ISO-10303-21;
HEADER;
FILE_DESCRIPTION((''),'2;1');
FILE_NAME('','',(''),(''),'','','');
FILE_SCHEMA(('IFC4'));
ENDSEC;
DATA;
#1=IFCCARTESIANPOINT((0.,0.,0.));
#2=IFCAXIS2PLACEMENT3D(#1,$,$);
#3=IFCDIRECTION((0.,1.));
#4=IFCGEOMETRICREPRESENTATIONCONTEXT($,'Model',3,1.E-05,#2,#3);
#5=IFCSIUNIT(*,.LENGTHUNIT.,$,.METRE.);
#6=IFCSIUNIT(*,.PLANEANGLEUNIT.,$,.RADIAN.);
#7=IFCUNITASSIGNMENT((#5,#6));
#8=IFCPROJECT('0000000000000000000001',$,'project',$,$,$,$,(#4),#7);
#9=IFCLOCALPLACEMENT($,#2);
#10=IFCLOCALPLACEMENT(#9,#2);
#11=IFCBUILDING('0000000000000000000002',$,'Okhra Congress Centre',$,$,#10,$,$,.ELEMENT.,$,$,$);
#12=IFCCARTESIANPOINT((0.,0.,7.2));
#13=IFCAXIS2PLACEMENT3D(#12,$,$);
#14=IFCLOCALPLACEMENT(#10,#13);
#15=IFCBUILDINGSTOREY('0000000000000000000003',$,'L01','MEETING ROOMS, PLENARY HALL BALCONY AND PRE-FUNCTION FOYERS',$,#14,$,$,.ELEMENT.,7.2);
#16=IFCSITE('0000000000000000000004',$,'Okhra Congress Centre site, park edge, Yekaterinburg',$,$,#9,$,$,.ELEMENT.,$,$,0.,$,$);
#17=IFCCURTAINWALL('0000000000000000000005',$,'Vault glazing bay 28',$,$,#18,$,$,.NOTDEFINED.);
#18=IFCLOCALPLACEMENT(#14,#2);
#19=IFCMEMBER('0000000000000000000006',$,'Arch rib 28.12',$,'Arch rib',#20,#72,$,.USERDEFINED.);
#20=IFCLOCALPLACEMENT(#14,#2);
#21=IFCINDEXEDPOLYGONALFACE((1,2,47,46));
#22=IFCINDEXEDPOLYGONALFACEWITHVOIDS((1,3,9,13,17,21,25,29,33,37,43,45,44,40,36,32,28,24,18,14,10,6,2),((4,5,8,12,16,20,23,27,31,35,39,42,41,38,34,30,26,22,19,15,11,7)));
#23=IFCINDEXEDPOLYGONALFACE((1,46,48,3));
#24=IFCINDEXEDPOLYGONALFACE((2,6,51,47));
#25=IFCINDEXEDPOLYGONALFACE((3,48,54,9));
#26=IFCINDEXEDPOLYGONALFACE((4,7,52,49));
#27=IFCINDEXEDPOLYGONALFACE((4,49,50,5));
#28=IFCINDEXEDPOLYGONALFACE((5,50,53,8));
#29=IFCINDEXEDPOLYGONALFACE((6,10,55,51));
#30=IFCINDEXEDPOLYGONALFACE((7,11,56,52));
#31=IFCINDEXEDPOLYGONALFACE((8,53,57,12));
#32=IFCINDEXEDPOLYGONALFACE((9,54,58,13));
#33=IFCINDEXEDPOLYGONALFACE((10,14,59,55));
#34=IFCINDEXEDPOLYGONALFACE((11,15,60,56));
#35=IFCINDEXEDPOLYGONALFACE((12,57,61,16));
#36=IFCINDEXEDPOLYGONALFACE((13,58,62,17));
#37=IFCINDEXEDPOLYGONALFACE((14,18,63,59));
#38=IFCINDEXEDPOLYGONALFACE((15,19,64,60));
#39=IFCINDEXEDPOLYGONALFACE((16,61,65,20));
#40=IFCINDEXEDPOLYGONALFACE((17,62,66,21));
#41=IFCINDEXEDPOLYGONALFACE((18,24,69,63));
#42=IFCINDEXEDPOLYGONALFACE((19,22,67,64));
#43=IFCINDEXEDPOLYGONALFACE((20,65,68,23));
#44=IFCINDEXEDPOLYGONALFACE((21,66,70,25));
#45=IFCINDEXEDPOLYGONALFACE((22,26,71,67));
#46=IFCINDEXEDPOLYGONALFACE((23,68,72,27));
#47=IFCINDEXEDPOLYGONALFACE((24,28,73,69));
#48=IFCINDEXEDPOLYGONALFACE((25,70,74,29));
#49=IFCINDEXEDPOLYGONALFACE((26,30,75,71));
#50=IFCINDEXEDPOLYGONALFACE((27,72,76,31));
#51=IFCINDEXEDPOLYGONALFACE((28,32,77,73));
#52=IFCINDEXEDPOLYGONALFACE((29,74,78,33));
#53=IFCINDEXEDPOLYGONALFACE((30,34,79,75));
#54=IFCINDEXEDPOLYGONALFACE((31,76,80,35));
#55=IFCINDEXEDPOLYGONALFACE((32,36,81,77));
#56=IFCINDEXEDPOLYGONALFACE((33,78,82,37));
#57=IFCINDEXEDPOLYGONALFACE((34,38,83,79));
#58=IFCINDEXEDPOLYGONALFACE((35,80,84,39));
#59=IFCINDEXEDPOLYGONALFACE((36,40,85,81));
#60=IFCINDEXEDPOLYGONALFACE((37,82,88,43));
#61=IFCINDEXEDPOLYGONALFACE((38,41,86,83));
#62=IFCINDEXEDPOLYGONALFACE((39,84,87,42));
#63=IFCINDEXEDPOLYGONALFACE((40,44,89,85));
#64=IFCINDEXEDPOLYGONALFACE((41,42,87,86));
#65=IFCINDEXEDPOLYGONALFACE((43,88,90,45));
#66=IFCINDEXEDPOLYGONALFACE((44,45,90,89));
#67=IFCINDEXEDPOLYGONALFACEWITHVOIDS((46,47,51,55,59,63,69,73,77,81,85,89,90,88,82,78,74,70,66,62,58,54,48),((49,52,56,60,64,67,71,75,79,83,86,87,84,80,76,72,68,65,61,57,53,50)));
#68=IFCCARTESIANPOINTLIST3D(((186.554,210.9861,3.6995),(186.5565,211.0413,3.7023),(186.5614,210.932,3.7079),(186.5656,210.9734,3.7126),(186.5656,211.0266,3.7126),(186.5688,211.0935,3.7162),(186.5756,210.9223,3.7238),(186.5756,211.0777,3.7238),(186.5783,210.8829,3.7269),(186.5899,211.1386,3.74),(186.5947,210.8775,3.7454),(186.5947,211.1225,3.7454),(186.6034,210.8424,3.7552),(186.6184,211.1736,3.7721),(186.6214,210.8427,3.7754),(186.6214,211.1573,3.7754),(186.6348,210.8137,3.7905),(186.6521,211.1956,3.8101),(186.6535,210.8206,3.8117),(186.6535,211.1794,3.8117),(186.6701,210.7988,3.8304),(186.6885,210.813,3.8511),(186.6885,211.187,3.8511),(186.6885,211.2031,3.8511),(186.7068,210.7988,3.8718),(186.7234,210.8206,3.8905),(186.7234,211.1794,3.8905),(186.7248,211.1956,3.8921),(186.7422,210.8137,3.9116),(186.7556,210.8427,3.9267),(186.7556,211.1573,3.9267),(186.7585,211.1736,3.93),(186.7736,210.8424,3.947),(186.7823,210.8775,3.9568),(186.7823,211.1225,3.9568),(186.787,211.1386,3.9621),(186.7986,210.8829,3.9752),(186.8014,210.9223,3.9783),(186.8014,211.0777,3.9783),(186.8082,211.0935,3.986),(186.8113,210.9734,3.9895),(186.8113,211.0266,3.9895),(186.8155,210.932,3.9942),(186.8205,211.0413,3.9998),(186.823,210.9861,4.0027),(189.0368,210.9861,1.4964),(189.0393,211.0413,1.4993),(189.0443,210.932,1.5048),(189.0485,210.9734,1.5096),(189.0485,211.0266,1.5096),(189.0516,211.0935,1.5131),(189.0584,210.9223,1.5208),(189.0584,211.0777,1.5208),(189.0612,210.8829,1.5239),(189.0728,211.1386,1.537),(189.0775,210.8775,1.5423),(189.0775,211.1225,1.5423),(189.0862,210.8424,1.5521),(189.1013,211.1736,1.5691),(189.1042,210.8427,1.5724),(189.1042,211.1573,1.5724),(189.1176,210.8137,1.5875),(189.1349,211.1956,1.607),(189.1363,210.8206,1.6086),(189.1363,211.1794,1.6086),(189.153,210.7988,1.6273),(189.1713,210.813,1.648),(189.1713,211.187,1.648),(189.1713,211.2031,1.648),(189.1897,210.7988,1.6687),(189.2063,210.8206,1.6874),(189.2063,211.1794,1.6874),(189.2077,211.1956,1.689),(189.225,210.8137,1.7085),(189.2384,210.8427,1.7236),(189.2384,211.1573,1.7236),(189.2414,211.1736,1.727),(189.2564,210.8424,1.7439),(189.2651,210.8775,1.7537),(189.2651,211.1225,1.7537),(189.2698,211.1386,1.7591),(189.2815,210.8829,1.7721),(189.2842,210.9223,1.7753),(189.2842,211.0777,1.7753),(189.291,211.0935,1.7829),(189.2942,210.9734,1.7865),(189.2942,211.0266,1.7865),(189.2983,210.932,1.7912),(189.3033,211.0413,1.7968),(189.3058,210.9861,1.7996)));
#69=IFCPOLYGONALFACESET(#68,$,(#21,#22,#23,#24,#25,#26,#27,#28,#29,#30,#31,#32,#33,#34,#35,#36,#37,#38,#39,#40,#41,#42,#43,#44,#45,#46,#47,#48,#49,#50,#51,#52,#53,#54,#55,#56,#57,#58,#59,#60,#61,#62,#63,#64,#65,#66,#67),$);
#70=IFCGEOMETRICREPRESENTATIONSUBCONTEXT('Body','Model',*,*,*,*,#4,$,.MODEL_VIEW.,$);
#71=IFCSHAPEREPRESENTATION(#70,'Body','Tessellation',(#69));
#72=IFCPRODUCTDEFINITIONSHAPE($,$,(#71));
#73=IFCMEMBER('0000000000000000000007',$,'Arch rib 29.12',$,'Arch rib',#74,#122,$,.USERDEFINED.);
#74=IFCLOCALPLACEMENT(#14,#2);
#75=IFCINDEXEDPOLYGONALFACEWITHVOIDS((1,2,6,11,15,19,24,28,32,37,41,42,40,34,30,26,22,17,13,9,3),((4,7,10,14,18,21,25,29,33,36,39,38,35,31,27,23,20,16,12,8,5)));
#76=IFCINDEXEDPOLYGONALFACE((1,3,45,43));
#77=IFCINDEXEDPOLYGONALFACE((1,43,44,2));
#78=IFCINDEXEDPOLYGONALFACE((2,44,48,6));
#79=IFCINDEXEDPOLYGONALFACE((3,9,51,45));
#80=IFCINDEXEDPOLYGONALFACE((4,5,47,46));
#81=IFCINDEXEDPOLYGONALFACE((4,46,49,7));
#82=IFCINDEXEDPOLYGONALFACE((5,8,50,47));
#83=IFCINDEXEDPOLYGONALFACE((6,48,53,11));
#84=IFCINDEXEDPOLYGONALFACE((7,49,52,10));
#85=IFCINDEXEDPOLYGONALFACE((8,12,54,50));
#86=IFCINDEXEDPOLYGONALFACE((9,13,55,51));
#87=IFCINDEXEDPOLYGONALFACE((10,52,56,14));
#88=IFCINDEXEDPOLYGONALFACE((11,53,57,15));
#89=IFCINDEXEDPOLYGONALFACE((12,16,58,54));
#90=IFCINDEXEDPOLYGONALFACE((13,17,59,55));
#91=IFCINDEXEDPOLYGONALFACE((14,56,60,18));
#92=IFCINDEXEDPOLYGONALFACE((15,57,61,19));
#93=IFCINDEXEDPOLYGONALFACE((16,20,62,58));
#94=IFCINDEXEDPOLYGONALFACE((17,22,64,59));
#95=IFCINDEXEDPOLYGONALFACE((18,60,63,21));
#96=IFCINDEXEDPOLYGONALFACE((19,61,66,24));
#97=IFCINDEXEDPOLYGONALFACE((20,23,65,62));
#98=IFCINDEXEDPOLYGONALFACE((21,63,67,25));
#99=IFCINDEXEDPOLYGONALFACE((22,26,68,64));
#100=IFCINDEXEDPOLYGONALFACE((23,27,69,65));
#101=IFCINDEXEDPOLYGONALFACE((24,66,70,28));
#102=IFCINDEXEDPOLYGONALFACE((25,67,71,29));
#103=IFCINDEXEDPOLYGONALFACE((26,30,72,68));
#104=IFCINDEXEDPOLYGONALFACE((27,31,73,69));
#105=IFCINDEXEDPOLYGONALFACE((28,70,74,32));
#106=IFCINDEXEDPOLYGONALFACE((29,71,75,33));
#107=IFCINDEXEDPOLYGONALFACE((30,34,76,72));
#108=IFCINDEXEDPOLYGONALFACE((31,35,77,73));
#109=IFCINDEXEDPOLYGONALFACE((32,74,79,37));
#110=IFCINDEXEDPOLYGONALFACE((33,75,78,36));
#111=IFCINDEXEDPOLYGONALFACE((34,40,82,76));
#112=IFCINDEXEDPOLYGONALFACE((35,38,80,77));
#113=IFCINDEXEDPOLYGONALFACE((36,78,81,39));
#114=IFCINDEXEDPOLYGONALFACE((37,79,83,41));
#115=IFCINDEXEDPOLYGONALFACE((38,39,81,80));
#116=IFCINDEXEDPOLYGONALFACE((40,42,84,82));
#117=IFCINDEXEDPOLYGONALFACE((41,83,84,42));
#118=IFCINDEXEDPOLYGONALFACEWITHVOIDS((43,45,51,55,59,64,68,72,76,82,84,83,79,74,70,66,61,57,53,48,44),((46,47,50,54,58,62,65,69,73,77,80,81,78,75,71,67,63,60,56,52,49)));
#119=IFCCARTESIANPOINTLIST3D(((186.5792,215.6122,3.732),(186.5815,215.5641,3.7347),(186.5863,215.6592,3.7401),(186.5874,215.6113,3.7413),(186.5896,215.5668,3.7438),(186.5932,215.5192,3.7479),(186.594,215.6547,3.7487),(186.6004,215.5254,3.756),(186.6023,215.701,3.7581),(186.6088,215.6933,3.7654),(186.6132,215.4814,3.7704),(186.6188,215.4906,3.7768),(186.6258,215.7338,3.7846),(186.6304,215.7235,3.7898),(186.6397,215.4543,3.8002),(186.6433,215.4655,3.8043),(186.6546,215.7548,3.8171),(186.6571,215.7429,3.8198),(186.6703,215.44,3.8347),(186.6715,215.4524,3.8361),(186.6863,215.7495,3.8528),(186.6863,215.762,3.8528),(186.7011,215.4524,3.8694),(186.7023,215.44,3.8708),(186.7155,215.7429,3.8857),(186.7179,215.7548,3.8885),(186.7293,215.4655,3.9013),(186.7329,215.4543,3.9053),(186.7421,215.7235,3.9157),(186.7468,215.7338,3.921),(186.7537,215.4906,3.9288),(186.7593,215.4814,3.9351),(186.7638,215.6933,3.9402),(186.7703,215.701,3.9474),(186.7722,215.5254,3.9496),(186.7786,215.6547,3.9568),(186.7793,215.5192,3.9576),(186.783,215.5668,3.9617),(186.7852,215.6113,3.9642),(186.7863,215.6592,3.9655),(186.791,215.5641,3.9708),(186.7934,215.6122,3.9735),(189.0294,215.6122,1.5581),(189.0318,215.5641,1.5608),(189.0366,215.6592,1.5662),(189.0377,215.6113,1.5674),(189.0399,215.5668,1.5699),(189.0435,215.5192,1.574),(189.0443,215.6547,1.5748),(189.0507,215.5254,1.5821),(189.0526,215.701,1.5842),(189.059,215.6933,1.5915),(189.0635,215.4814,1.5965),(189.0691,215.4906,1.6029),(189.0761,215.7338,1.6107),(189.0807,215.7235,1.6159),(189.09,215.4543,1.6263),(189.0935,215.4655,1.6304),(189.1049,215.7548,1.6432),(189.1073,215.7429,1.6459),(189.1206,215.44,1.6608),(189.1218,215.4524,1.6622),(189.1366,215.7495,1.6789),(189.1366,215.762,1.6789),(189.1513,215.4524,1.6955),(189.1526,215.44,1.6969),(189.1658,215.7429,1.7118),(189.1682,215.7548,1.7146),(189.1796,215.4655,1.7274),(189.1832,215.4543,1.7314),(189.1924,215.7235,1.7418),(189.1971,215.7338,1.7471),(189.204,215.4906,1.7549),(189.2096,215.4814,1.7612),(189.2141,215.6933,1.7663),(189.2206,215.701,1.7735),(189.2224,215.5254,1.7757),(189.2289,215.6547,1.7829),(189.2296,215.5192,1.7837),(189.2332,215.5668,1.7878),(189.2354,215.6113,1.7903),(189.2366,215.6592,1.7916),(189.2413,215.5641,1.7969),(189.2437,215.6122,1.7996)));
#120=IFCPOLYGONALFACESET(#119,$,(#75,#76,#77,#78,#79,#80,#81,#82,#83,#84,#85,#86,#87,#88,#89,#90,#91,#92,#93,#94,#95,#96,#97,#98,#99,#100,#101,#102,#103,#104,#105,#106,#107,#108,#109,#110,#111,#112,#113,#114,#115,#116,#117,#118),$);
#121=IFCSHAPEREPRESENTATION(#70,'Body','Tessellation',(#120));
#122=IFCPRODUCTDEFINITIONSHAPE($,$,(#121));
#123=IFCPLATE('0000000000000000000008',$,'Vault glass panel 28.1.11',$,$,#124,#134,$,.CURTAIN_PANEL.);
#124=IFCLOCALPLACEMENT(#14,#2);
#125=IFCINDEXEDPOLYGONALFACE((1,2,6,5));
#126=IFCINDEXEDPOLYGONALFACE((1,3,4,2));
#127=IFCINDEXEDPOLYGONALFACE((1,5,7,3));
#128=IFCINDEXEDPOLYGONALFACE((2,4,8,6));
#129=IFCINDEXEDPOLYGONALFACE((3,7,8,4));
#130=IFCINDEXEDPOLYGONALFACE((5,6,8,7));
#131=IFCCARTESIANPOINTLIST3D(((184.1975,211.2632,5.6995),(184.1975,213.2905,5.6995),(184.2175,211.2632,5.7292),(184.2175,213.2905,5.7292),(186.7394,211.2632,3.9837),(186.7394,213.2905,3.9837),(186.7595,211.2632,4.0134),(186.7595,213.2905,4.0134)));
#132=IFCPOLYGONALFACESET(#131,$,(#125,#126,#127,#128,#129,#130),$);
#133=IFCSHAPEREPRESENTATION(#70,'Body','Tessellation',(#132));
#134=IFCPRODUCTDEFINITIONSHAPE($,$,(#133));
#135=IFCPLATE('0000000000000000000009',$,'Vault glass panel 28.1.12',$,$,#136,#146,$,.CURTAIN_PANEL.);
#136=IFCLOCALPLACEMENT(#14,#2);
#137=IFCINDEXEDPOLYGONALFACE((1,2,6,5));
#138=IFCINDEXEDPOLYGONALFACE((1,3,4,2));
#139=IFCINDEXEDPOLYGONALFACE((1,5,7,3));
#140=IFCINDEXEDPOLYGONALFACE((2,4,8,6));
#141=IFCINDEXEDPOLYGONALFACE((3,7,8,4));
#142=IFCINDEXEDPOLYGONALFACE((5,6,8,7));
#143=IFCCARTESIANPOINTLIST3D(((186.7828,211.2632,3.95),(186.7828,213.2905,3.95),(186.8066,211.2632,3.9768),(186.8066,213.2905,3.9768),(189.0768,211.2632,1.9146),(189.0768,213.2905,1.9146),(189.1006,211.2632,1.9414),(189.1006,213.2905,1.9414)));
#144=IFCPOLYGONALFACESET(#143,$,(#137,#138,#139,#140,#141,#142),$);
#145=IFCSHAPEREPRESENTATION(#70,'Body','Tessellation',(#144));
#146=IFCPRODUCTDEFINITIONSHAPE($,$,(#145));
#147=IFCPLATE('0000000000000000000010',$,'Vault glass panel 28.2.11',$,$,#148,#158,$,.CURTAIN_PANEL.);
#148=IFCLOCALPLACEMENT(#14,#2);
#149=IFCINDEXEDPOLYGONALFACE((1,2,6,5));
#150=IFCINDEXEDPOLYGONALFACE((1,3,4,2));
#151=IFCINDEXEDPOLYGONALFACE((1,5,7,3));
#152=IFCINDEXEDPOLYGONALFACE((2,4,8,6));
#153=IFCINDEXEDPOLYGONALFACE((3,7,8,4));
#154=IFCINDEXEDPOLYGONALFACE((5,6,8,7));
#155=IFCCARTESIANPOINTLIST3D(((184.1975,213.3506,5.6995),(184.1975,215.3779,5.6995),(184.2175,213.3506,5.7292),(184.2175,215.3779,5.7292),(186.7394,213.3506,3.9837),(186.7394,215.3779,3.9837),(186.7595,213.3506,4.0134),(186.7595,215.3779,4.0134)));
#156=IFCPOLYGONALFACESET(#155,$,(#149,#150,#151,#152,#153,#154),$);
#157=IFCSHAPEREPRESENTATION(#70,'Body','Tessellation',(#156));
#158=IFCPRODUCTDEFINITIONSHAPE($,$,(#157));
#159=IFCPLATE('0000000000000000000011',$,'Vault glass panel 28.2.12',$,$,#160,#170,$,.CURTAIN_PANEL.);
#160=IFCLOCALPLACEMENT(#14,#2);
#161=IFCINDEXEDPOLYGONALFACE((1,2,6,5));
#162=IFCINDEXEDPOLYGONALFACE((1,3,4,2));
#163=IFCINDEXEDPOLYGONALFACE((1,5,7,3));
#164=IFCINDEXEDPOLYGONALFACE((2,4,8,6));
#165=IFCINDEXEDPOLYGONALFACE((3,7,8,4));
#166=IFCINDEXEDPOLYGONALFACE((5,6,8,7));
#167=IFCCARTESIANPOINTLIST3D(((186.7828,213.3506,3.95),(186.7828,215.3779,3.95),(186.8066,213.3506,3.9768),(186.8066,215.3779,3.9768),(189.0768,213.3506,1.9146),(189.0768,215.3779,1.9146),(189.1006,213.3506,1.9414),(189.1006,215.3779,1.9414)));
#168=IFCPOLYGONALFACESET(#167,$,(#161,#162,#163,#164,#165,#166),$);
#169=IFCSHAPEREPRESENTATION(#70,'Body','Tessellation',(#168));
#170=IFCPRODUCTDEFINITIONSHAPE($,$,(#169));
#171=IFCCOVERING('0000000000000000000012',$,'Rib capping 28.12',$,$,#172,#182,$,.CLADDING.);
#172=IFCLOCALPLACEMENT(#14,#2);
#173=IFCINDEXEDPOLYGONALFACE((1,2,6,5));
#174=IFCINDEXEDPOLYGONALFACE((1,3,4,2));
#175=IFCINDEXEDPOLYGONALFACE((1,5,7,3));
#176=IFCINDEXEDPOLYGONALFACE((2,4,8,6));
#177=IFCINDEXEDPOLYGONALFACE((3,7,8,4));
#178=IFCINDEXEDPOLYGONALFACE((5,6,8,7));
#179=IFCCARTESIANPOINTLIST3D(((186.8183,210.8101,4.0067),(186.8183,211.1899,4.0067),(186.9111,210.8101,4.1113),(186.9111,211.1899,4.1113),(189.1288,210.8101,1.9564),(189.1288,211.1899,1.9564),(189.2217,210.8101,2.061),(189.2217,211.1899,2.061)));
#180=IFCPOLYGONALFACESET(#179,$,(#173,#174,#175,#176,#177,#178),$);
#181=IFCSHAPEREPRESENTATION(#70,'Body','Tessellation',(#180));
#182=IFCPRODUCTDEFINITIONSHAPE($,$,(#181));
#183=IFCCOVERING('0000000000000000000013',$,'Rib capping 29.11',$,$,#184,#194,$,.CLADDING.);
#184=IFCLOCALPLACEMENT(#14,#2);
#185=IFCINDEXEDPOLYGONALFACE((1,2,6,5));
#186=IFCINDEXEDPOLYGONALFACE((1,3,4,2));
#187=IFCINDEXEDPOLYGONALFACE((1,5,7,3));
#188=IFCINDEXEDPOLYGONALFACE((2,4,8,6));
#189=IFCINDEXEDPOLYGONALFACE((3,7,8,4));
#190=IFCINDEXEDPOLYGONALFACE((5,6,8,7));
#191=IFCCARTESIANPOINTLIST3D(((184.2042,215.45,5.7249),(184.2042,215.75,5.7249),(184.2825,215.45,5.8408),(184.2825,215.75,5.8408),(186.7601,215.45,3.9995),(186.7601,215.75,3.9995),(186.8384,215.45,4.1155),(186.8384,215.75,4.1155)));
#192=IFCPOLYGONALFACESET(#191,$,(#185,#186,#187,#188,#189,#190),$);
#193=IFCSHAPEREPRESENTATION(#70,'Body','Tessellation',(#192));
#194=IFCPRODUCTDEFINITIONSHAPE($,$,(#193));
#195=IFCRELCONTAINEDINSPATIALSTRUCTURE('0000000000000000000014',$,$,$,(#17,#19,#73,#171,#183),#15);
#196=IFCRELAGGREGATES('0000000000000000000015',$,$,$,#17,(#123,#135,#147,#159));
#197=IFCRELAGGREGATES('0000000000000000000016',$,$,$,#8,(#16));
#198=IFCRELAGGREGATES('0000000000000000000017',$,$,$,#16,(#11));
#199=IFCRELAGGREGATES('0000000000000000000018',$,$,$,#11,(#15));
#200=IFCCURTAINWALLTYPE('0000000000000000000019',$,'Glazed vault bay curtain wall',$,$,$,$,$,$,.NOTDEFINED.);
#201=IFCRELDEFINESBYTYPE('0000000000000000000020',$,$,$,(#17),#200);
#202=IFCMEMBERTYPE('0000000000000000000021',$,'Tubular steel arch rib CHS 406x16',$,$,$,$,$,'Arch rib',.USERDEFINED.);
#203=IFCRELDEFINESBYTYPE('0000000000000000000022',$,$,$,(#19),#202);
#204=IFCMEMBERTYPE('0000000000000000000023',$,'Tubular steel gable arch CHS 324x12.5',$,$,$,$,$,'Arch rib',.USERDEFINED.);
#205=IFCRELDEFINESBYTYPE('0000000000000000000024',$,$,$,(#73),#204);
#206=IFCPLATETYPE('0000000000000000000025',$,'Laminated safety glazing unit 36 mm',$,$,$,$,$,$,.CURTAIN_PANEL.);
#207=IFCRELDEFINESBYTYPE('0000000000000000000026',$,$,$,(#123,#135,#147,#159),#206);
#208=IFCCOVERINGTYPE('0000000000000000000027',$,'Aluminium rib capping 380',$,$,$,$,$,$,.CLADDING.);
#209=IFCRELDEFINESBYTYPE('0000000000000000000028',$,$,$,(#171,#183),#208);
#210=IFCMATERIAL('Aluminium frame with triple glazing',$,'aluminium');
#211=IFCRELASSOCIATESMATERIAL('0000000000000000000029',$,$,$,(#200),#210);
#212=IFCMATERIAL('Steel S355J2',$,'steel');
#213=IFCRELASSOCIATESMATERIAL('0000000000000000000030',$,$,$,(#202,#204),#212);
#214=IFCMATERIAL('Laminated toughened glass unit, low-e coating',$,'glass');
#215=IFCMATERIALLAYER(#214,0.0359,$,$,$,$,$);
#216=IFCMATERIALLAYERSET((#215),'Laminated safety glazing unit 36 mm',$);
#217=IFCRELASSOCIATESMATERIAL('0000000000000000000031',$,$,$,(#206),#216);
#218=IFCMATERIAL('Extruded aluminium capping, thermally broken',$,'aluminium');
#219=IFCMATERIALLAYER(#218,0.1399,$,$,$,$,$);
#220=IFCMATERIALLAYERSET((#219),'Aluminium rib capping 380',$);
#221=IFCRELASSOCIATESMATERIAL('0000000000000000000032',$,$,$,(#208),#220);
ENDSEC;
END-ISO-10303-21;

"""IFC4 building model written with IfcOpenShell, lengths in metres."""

from ifc_helpers import new_model, si_unit, direction, frame, origin, origin_2d, place, context, subcontext, project, spatial, polyline, hollow_circle, outline, extrude, material, layer, layer_set, material_profile, profile_set, type_object, element, aggregate, save


model = new_model("IFC4")

# Units and contexts
model_context = context("Model", 3, precision=1e-05, world=origin(), true_north=direction((0.0, 1.0)))
body_context = subcontext(model_context, "Body", "Model", "MODEL_VIEW")
ifc_project = project(units=[si_unit("LENGTHUNIT", "METRE"), si_unit("PLANEANGLEUNIT", "RADIAN")], contexts=[model_context])

# Site, building, storey
site_placement = place(None, origin())
site = spatial("IfcSite", under=ifc_project, at=site_placement, Name="Okhra Congress Centre site, park edge, Yekaterinburg", CompositionType="ELEMENT", RefElevation=0.0)
building_placement = place(site_placement, origin())
building = spatial("IfcBuilding", under=site, at=building_placement, Name="Okhra Congress Centre", CompositionType="ELEMENT")
storey_placement = place(building_placement, frame((0.0, 0.0, 7.2)))
storey = spatial("IfcBuildingStorey", under=building, at=storey_placement, Name="L01", Description="MEETING ROOMS, PLENARY HALL BALCONY AND PRE-FUNCTION FOYERS", CompositionType="ELEMENT", Elevation=7.2)

# Curtain wall
ifc_material_1 = material(Name="Aluminium frame with triple glazing", Category="aluminium")
curtain_wall_type = type_object("IfcCurtainWallType", Name="Glazed vault bay curtain wall", PredefinedType="NOTDEFINED", material=ifc_material_1)
curtain_wall_placement = place(storey_placement, origin())
curtain_wall = element("IfcCurtainWall", 1, at=curtain_wall_placement, inside=storey, type_object=curtain_wall_type, Name="Vault glazing bay 28", PredefinedType="NOTDEFINED")

# Members
ifc_material_2 = material(Name="Steel S355J2", Category="steel")
ifc_material_profile_1 = material_profile(ifc_material_2, hollow_circle(Radius=0.2031, WallThickness=0.0161, at=origin_2d()), Name="CHS 406.4x16")
ifc_profile_set_1 = profile_set([ifc_material_profile_1], Name="Steel S355J2")
member_type_1 = type_object("IfcMemberType", Name="Tubular steel arch rib CHS 406x16", ElementType="Arch rib", PredefinedType="USERDEFINED", material=ifc_profile_set_1)
member_1_placement = place(storey_placement, frame((186.6885, 211.0, 3.8511), z_axis=(0.747993, 0.0, -0.663706), x_axis=(0.0, 1.0, 0.0)))
element("IfcMember", 2, at=member_1_placement, inside=storey, type_object=member_type_1, Name="Arch rib 28.12", ObjectType="Arch rib", PredefinedType="USERDEFINED", context=body_context, shape_type="SweptSolid", body=[
    extrude(hollow_circle(Radius=0.2031, WallThickness=0.0161, at=origin_2d()), origin(), (0.0, 0.0, 1.0), 3.3193),
])
ifc_material_profile_2 = material_profile(ifc_material_2, hollow_circle(Radius=0.1619, WallThickness=0.0125, at=origin_2d()), Name="CHS 323.9x12.5")
ifc_profile_set_2 = profile_set([ifc_material_profile_2], Name="Steel S355J2")
member_type_2 = type_object("IfcMemberType", Name="Tubular steel gable arch CHS 324x12.5", ElementType="Arch rib", PredefinedType="USERDEFINED", material=ifc_profile_set_2)
member_2_placement = place(storey_placement, frame((186.6863, 215.6001, 3.8528), z_axis=(0.748034, 0.0, -0.66366), x_axis=(0.0, 1.0, 0.0)))
element("IfcMember", 3, at=member_2_placement, inside=storey, type_object=member_type_2, Name="Arch rib 29.12", ObjectType="Arch rib", PredefinedType="USERDEFINED", context=body_context, shape_type="SweptSolid", body=[
    extrude(hollow_circle(Radius=0.1619, WallThickness=0.0125, at=origin_2d()), origin(), (0.0, 0.0, 1.0), 3.2756),
])

# Plates
ifc_material_3 = material(Name="Laminated toughened glass unit, low-e coating", Category="glass")
ifc_layer_1 = layer(ifc_material_3, 0.0359)
ifc_layer_set_1 = layer_set([ifc_layer_1], Name="Laminated safety glazing unit 36 mm")
plate_type = type_object("IfcPlateType", Name="Laminated safety glazing unit 36 mm", PredefinedType="CURTAIN_PANEL", material=ifc_layer_set_1)
plate_1_placement = place(storey_placement, frame((184.2175, 211.2632, 5.7292), z_axis=(0.559467, 0.0, 0.828852), x_axis=(0.828852, 0.0, -0.559467)))
plate_1 = element("IfcPlate", 4, at=plate_1_placement, type_object=plate_type, Name="Vault glass panel 28.1.11", PredefinedType="CURTAIN_PANEL", context=body_context, shape_type="SweptSolid", body=[
    extrude(outline(polyline([(0.0, 0.0), (3.0669, 0.0), (3.0669, 2.0273), (0.0, 2.0273), (0.0, 0.0)])), origin(), (0.0, 0.0, -1.0), 0.0359),
])
plate_2_placement = place(storey_placement, frame((186.8066, 211.2632, 3.9768), z_axis=(0.663697, 0.0, 0.748002), x_axis=(0.748002, 0.0, -0.663697)))
plate_2 = element("IfcPlate", 5, at=plate_2_placement, type_object=plate_type, Name="Vault glass panel 28.1.12", PredefinedType="CURTAIN_PANEL", context=body_context, shape_type="SweptSolid", body=[
    extrude(outline(polyline([(0.0, 0.0), (3.0668, 0.0), (3.0668, 2.0273), (0.0, 2.0273), (0.0, 0.0)])), origin(), (0.0, 0.0, -1.0), 0.0359),
])
plate_3_placement = place(storey_placement, frame((184.2175, 213.3506, 5.7292), z_axis=(0.559467, 0.0, 0.828852), x_axis=(0.828852, 0.0, -0.559467)))
plate_3 = element("IfcPlate", 6, at=plate_3_placement, type_object=plate_type, Name="Vault glass panel 28.2.11", PredefinedType="CURTAIN_PANEL", context=body_context, shape_type="SweptSolid", body=[
    extrude(outline(polyline([(0.0, 0.0), (3.0669, 0.0), (3.0669, 2.0273), (0.0, 2.0273), (0.0, 0.0)])), origin(), (0.0, 0.0, -1.0), 0.0359),
])
plate_4_placement = place(storey_placement, frame((186.8066, 213.3506, 3.9768), z_axis=(0.663697, 0.0, 0.748002), x_axis=(0.748002, 0.0, -0.663697)))
plate_4 = element("IfcPlate", 7, at=plate_4_placement, type_object=plate_type, Name="Vault glass panel 28.2.12", PredefinedType="CURTAIN_PANEL", context=body_context, shape_type="SweptSolid", body=[
    extrude(outline(polyline([(0.0, 0.0), (3.0668, 0.0), (3.0668, 2.0273), (0.0, 2.0273), (0.0, 0.0)])), origin(), (0.0, 0.0, -1.0), 0.0359),
])
aggregate(curtain_wall, [plate_1, plate_2, plate_3, plate_4])

# Coverings
ifc_material_4 = material(Name="Extruded aluminium capping, thermally broken", Category="aluminium")
ifc_layer_2 = layer(ifc_material_4, 0.1399)
ifc_layer_set_2 = layer_set([ifc_layer_2], Name="Aluminium rib capping 380")
covering_type = type_object("IfcCoveringType", Name="Aluminium rib capping 380", PredefinedType="CLADDING", material=ifc_layer_set_2)
covering_1_placement = place(storey_placement, frame((186.9111, 210.8101, 4.1113), z_axis=(0.663726, 0.0, 0.747976), x_axis=(0.747976, 0.0, -0.663726)))
element("IfcCovering", 8, at=covering_1_placement, inside=storey, type_object=covering_type, Name="Rib capping 28.12", PredefinedType="CLADDING", context=body_context, shape_type="SweptSolid", body=[
    extrude(outline(polyline([(0.0, 0.0), (3.0891, 0.0), (3.0891, 0.3799), (0.0, 0.3799), (0.0, 0.0)])), origin(), (0.0, 0.0, -1.0), 0.1399),
])
covering_2_placement = place(storey_placement, frame((184.2825, 215.45, 5.8408), z_axis=(0.559496, 0.0, 0.828833), x_axis=(0.828833, 0.0, -0.559496)))
element("IfcCovering", 9, at=covering_2_placement, inside=storey, type_object=covering_type, Name="Rib capping 29.11", PredefinedType="CLADDING", context=body_context, shape_type="SweptSolid", body=[
    extrude(outline(polyline([(0.0, 0.0), (3.0837, 0.0), (3.0837, 0.3), (0.0, 0.3), (0.0, 0.0)])), origin(), (0.0, 0.0, -1.0), 0.1399),
])

save(model, "model.ifc")
